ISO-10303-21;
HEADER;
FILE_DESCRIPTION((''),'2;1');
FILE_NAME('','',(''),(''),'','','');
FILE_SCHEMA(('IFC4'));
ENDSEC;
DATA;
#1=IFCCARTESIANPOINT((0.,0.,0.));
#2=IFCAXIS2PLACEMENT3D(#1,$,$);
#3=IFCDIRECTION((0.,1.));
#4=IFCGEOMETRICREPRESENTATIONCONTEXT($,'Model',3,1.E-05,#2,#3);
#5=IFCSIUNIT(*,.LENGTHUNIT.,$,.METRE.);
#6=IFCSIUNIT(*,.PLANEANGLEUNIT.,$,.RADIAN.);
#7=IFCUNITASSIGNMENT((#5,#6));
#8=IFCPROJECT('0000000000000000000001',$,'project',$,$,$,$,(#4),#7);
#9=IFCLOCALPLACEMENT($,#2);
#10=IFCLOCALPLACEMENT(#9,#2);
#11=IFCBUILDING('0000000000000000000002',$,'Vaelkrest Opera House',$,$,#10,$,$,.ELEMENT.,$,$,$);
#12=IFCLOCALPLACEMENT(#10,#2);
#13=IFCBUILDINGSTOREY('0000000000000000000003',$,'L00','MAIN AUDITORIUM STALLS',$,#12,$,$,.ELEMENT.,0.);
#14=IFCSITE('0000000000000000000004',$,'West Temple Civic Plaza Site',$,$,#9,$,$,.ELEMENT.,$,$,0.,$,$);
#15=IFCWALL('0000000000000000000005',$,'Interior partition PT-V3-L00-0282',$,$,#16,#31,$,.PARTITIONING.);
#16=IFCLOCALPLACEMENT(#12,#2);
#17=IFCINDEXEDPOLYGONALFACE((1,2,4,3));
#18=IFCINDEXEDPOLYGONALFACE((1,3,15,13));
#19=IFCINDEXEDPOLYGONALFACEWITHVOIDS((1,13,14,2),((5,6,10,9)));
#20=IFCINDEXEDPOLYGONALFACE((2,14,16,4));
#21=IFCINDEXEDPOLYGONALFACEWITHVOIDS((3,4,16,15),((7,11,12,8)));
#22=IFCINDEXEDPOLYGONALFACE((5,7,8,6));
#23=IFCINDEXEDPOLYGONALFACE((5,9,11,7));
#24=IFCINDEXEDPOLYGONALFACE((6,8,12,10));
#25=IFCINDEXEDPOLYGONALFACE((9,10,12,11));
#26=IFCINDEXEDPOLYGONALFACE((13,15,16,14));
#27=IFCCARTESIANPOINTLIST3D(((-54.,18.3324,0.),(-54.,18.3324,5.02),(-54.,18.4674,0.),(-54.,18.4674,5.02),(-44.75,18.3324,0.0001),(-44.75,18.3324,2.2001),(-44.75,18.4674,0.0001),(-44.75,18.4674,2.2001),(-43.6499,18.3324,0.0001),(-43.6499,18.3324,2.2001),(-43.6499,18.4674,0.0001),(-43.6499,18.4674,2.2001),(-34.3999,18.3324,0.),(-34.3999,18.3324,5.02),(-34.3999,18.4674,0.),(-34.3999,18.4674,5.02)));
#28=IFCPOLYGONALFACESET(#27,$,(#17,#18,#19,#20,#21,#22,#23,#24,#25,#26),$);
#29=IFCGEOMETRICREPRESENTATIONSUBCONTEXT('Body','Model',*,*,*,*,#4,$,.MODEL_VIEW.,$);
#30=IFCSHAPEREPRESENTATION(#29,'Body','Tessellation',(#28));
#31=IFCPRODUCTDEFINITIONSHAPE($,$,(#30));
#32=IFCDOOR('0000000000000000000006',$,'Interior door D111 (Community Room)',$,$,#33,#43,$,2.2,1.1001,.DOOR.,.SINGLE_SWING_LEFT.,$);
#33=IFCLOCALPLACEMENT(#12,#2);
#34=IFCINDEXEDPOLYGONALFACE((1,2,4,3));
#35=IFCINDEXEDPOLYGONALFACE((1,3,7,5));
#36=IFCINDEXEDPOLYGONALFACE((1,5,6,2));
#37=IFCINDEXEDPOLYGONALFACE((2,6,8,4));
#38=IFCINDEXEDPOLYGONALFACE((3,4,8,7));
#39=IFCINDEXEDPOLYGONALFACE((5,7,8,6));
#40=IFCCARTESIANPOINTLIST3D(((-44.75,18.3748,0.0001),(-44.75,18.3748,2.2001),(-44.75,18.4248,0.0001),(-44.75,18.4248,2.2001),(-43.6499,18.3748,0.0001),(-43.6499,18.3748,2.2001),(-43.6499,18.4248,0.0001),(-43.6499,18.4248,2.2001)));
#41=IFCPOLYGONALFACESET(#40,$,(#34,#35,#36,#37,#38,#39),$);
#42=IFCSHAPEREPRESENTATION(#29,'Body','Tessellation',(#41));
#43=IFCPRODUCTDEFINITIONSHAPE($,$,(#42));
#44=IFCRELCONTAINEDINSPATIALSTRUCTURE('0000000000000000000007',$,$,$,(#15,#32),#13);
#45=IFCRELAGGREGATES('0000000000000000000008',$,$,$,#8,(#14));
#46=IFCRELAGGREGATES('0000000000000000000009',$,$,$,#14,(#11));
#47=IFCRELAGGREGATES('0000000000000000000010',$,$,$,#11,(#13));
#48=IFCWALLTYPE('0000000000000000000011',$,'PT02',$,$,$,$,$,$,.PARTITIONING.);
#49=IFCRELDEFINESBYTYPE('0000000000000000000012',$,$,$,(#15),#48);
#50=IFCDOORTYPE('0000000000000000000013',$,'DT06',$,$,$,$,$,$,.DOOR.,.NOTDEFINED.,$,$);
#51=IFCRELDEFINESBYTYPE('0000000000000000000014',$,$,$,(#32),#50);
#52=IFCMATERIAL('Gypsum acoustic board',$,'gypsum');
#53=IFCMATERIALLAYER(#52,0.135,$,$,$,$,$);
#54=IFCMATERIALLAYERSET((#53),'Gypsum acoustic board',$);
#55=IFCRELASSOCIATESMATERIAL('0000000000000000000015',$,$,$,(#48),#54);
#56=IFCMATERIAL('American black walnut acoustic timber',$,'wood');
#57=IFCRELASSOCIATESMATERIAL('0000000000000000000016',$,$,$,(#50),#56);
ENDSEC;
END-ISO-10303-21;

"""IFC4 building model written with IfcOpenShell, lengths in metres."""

from ifc_helpers import new_model, si_unit, direction, frame, frame_2d, origin, place, context, subcontext, project, spatial, rectangle, extrude, material, layer, layer_set, type_object, element, fill, save


model = new_model("IFC4")

# Units and contexts
model_context = context("Model", 3, precision=1e-05, world=origin(), true_north=direction((0.0, 1.0)))
body_context = subcontext(model_context, "Body", "Model", "MODEL_VIEW")
ifc_project = project(units=[si_unit("LENGTHUNIT", "METRE"), si_unit("PLANEANGLEUNIT", "RADIAN")], contexts=[model_context])

# Site, building, storey
site_placement = place(None, origin())
site = spatial("IfcSite", under=ifc_project, at=site_placement, Name="West Temple Civic Plaza Site", CompositionType="ELEMENT", RefElevation=0.0)
building_placement = place(site_placement, origin())
building = spatial("IfcBuilding", under=site, at=building_placement, Name="Vaelkrest Opera House", CompositionType="ELEMENT")
storey_placement = place(building_placement, origin())
storey = spatial("IfcBuildingStorey", under=building, at=storey_placement, Name="L00", Description="MAIN AUDITORIUM STALLS", CompositionType="ELEMENT", Elevation=0.0)

# Shared definitions
ifc_material_1 = material(Name="Gypsum acoustic board", Category="gypsum")

# Wall, opening, door
ifc_layer_1 = layer(ifc_material_1, 0.135)
ifc_layer_set_1 = layer_set([ifc_layer_1], Name="Gypsum acoustic board")
wall_type_1 = type_object("IfcWallType", Name="PT02", PredefinedType="PARTITIONING", material=ifc_layer_set_1)
wall_1_placement = place(storey_placement, frame((-54.0, 18.3999, 0.0), z_axis=(0.0, 0.0, 1.0), x_axis=(1.0, 0.0, 0.0)))
wall_1 = element("IfcWall", 1, at=wall_1_placement, inside=storey, type_object=wall_type_1, Name="Interior partition PT-V3-L00-0282", PredefinedType="PARTITIONING", context=body_context, shape_type="SweptSolid", body=[
    extrude(rectangle(XDim=19.6001, YDim=0.135, at=frame_2d((9.8, 0.0))), origin(), (0.0, 0.0, 1.0), 5.02),
])
opening_placement = place(wall_1_placement, frame((9.25, 0.0, 0.0)))
opening = element("IfcOpeningElement", 2, at=opening_placement, cuts=wall_1, PredefinedType="OPENING", context=body_context, shape_type="SweptSolid", body=[
    extrude(rectangle(XDim=1.1001, YDim=2.2, at=frame_2d((0.55, 1.1001))), frame((0.0, 0.0774, 0.0), z_axis=(0.0, -1.0, 0.0), x_axis=(1.0, 0.0, 0.0)), (0.0, 0.0, 1.0), 0.155),
])
ifc_material_2 = material(Name="American black walnut acoustic timber", Category="wood")
door_type = type_object("IfcDoorType", Name="DT06", OperationType="NOTDEFINED", PredefinedType="DOOR", material=ifc_material_2)
door_placement = place(opening_placement, origin())
door = element("IfcDoor", 3, at=door_placement, inside=storey, type_object=door_type, Name="Interior door D111 (Community Room)", OperationType="SINGLE_SWING_LEFT", OverallHeight=2.2, OverallWidth=1.1001, PredefinedType="DOOR", context=body_context, shape_type="SweptSolid", body=[
    extrude(rectangle(XDim=1.1001, YDim=2.2, at=frame_2d((0.55, 1.1001))), frame((0.0, 0.0249, 0.0), z_axis=(0.0, -1.0, 0.0), x_axis=(1.0, 0.0, 0.0)), (0.0, 0.0, 1.0), 0.05),
])
fill(opening, door)

save(model, "model.ifc")
